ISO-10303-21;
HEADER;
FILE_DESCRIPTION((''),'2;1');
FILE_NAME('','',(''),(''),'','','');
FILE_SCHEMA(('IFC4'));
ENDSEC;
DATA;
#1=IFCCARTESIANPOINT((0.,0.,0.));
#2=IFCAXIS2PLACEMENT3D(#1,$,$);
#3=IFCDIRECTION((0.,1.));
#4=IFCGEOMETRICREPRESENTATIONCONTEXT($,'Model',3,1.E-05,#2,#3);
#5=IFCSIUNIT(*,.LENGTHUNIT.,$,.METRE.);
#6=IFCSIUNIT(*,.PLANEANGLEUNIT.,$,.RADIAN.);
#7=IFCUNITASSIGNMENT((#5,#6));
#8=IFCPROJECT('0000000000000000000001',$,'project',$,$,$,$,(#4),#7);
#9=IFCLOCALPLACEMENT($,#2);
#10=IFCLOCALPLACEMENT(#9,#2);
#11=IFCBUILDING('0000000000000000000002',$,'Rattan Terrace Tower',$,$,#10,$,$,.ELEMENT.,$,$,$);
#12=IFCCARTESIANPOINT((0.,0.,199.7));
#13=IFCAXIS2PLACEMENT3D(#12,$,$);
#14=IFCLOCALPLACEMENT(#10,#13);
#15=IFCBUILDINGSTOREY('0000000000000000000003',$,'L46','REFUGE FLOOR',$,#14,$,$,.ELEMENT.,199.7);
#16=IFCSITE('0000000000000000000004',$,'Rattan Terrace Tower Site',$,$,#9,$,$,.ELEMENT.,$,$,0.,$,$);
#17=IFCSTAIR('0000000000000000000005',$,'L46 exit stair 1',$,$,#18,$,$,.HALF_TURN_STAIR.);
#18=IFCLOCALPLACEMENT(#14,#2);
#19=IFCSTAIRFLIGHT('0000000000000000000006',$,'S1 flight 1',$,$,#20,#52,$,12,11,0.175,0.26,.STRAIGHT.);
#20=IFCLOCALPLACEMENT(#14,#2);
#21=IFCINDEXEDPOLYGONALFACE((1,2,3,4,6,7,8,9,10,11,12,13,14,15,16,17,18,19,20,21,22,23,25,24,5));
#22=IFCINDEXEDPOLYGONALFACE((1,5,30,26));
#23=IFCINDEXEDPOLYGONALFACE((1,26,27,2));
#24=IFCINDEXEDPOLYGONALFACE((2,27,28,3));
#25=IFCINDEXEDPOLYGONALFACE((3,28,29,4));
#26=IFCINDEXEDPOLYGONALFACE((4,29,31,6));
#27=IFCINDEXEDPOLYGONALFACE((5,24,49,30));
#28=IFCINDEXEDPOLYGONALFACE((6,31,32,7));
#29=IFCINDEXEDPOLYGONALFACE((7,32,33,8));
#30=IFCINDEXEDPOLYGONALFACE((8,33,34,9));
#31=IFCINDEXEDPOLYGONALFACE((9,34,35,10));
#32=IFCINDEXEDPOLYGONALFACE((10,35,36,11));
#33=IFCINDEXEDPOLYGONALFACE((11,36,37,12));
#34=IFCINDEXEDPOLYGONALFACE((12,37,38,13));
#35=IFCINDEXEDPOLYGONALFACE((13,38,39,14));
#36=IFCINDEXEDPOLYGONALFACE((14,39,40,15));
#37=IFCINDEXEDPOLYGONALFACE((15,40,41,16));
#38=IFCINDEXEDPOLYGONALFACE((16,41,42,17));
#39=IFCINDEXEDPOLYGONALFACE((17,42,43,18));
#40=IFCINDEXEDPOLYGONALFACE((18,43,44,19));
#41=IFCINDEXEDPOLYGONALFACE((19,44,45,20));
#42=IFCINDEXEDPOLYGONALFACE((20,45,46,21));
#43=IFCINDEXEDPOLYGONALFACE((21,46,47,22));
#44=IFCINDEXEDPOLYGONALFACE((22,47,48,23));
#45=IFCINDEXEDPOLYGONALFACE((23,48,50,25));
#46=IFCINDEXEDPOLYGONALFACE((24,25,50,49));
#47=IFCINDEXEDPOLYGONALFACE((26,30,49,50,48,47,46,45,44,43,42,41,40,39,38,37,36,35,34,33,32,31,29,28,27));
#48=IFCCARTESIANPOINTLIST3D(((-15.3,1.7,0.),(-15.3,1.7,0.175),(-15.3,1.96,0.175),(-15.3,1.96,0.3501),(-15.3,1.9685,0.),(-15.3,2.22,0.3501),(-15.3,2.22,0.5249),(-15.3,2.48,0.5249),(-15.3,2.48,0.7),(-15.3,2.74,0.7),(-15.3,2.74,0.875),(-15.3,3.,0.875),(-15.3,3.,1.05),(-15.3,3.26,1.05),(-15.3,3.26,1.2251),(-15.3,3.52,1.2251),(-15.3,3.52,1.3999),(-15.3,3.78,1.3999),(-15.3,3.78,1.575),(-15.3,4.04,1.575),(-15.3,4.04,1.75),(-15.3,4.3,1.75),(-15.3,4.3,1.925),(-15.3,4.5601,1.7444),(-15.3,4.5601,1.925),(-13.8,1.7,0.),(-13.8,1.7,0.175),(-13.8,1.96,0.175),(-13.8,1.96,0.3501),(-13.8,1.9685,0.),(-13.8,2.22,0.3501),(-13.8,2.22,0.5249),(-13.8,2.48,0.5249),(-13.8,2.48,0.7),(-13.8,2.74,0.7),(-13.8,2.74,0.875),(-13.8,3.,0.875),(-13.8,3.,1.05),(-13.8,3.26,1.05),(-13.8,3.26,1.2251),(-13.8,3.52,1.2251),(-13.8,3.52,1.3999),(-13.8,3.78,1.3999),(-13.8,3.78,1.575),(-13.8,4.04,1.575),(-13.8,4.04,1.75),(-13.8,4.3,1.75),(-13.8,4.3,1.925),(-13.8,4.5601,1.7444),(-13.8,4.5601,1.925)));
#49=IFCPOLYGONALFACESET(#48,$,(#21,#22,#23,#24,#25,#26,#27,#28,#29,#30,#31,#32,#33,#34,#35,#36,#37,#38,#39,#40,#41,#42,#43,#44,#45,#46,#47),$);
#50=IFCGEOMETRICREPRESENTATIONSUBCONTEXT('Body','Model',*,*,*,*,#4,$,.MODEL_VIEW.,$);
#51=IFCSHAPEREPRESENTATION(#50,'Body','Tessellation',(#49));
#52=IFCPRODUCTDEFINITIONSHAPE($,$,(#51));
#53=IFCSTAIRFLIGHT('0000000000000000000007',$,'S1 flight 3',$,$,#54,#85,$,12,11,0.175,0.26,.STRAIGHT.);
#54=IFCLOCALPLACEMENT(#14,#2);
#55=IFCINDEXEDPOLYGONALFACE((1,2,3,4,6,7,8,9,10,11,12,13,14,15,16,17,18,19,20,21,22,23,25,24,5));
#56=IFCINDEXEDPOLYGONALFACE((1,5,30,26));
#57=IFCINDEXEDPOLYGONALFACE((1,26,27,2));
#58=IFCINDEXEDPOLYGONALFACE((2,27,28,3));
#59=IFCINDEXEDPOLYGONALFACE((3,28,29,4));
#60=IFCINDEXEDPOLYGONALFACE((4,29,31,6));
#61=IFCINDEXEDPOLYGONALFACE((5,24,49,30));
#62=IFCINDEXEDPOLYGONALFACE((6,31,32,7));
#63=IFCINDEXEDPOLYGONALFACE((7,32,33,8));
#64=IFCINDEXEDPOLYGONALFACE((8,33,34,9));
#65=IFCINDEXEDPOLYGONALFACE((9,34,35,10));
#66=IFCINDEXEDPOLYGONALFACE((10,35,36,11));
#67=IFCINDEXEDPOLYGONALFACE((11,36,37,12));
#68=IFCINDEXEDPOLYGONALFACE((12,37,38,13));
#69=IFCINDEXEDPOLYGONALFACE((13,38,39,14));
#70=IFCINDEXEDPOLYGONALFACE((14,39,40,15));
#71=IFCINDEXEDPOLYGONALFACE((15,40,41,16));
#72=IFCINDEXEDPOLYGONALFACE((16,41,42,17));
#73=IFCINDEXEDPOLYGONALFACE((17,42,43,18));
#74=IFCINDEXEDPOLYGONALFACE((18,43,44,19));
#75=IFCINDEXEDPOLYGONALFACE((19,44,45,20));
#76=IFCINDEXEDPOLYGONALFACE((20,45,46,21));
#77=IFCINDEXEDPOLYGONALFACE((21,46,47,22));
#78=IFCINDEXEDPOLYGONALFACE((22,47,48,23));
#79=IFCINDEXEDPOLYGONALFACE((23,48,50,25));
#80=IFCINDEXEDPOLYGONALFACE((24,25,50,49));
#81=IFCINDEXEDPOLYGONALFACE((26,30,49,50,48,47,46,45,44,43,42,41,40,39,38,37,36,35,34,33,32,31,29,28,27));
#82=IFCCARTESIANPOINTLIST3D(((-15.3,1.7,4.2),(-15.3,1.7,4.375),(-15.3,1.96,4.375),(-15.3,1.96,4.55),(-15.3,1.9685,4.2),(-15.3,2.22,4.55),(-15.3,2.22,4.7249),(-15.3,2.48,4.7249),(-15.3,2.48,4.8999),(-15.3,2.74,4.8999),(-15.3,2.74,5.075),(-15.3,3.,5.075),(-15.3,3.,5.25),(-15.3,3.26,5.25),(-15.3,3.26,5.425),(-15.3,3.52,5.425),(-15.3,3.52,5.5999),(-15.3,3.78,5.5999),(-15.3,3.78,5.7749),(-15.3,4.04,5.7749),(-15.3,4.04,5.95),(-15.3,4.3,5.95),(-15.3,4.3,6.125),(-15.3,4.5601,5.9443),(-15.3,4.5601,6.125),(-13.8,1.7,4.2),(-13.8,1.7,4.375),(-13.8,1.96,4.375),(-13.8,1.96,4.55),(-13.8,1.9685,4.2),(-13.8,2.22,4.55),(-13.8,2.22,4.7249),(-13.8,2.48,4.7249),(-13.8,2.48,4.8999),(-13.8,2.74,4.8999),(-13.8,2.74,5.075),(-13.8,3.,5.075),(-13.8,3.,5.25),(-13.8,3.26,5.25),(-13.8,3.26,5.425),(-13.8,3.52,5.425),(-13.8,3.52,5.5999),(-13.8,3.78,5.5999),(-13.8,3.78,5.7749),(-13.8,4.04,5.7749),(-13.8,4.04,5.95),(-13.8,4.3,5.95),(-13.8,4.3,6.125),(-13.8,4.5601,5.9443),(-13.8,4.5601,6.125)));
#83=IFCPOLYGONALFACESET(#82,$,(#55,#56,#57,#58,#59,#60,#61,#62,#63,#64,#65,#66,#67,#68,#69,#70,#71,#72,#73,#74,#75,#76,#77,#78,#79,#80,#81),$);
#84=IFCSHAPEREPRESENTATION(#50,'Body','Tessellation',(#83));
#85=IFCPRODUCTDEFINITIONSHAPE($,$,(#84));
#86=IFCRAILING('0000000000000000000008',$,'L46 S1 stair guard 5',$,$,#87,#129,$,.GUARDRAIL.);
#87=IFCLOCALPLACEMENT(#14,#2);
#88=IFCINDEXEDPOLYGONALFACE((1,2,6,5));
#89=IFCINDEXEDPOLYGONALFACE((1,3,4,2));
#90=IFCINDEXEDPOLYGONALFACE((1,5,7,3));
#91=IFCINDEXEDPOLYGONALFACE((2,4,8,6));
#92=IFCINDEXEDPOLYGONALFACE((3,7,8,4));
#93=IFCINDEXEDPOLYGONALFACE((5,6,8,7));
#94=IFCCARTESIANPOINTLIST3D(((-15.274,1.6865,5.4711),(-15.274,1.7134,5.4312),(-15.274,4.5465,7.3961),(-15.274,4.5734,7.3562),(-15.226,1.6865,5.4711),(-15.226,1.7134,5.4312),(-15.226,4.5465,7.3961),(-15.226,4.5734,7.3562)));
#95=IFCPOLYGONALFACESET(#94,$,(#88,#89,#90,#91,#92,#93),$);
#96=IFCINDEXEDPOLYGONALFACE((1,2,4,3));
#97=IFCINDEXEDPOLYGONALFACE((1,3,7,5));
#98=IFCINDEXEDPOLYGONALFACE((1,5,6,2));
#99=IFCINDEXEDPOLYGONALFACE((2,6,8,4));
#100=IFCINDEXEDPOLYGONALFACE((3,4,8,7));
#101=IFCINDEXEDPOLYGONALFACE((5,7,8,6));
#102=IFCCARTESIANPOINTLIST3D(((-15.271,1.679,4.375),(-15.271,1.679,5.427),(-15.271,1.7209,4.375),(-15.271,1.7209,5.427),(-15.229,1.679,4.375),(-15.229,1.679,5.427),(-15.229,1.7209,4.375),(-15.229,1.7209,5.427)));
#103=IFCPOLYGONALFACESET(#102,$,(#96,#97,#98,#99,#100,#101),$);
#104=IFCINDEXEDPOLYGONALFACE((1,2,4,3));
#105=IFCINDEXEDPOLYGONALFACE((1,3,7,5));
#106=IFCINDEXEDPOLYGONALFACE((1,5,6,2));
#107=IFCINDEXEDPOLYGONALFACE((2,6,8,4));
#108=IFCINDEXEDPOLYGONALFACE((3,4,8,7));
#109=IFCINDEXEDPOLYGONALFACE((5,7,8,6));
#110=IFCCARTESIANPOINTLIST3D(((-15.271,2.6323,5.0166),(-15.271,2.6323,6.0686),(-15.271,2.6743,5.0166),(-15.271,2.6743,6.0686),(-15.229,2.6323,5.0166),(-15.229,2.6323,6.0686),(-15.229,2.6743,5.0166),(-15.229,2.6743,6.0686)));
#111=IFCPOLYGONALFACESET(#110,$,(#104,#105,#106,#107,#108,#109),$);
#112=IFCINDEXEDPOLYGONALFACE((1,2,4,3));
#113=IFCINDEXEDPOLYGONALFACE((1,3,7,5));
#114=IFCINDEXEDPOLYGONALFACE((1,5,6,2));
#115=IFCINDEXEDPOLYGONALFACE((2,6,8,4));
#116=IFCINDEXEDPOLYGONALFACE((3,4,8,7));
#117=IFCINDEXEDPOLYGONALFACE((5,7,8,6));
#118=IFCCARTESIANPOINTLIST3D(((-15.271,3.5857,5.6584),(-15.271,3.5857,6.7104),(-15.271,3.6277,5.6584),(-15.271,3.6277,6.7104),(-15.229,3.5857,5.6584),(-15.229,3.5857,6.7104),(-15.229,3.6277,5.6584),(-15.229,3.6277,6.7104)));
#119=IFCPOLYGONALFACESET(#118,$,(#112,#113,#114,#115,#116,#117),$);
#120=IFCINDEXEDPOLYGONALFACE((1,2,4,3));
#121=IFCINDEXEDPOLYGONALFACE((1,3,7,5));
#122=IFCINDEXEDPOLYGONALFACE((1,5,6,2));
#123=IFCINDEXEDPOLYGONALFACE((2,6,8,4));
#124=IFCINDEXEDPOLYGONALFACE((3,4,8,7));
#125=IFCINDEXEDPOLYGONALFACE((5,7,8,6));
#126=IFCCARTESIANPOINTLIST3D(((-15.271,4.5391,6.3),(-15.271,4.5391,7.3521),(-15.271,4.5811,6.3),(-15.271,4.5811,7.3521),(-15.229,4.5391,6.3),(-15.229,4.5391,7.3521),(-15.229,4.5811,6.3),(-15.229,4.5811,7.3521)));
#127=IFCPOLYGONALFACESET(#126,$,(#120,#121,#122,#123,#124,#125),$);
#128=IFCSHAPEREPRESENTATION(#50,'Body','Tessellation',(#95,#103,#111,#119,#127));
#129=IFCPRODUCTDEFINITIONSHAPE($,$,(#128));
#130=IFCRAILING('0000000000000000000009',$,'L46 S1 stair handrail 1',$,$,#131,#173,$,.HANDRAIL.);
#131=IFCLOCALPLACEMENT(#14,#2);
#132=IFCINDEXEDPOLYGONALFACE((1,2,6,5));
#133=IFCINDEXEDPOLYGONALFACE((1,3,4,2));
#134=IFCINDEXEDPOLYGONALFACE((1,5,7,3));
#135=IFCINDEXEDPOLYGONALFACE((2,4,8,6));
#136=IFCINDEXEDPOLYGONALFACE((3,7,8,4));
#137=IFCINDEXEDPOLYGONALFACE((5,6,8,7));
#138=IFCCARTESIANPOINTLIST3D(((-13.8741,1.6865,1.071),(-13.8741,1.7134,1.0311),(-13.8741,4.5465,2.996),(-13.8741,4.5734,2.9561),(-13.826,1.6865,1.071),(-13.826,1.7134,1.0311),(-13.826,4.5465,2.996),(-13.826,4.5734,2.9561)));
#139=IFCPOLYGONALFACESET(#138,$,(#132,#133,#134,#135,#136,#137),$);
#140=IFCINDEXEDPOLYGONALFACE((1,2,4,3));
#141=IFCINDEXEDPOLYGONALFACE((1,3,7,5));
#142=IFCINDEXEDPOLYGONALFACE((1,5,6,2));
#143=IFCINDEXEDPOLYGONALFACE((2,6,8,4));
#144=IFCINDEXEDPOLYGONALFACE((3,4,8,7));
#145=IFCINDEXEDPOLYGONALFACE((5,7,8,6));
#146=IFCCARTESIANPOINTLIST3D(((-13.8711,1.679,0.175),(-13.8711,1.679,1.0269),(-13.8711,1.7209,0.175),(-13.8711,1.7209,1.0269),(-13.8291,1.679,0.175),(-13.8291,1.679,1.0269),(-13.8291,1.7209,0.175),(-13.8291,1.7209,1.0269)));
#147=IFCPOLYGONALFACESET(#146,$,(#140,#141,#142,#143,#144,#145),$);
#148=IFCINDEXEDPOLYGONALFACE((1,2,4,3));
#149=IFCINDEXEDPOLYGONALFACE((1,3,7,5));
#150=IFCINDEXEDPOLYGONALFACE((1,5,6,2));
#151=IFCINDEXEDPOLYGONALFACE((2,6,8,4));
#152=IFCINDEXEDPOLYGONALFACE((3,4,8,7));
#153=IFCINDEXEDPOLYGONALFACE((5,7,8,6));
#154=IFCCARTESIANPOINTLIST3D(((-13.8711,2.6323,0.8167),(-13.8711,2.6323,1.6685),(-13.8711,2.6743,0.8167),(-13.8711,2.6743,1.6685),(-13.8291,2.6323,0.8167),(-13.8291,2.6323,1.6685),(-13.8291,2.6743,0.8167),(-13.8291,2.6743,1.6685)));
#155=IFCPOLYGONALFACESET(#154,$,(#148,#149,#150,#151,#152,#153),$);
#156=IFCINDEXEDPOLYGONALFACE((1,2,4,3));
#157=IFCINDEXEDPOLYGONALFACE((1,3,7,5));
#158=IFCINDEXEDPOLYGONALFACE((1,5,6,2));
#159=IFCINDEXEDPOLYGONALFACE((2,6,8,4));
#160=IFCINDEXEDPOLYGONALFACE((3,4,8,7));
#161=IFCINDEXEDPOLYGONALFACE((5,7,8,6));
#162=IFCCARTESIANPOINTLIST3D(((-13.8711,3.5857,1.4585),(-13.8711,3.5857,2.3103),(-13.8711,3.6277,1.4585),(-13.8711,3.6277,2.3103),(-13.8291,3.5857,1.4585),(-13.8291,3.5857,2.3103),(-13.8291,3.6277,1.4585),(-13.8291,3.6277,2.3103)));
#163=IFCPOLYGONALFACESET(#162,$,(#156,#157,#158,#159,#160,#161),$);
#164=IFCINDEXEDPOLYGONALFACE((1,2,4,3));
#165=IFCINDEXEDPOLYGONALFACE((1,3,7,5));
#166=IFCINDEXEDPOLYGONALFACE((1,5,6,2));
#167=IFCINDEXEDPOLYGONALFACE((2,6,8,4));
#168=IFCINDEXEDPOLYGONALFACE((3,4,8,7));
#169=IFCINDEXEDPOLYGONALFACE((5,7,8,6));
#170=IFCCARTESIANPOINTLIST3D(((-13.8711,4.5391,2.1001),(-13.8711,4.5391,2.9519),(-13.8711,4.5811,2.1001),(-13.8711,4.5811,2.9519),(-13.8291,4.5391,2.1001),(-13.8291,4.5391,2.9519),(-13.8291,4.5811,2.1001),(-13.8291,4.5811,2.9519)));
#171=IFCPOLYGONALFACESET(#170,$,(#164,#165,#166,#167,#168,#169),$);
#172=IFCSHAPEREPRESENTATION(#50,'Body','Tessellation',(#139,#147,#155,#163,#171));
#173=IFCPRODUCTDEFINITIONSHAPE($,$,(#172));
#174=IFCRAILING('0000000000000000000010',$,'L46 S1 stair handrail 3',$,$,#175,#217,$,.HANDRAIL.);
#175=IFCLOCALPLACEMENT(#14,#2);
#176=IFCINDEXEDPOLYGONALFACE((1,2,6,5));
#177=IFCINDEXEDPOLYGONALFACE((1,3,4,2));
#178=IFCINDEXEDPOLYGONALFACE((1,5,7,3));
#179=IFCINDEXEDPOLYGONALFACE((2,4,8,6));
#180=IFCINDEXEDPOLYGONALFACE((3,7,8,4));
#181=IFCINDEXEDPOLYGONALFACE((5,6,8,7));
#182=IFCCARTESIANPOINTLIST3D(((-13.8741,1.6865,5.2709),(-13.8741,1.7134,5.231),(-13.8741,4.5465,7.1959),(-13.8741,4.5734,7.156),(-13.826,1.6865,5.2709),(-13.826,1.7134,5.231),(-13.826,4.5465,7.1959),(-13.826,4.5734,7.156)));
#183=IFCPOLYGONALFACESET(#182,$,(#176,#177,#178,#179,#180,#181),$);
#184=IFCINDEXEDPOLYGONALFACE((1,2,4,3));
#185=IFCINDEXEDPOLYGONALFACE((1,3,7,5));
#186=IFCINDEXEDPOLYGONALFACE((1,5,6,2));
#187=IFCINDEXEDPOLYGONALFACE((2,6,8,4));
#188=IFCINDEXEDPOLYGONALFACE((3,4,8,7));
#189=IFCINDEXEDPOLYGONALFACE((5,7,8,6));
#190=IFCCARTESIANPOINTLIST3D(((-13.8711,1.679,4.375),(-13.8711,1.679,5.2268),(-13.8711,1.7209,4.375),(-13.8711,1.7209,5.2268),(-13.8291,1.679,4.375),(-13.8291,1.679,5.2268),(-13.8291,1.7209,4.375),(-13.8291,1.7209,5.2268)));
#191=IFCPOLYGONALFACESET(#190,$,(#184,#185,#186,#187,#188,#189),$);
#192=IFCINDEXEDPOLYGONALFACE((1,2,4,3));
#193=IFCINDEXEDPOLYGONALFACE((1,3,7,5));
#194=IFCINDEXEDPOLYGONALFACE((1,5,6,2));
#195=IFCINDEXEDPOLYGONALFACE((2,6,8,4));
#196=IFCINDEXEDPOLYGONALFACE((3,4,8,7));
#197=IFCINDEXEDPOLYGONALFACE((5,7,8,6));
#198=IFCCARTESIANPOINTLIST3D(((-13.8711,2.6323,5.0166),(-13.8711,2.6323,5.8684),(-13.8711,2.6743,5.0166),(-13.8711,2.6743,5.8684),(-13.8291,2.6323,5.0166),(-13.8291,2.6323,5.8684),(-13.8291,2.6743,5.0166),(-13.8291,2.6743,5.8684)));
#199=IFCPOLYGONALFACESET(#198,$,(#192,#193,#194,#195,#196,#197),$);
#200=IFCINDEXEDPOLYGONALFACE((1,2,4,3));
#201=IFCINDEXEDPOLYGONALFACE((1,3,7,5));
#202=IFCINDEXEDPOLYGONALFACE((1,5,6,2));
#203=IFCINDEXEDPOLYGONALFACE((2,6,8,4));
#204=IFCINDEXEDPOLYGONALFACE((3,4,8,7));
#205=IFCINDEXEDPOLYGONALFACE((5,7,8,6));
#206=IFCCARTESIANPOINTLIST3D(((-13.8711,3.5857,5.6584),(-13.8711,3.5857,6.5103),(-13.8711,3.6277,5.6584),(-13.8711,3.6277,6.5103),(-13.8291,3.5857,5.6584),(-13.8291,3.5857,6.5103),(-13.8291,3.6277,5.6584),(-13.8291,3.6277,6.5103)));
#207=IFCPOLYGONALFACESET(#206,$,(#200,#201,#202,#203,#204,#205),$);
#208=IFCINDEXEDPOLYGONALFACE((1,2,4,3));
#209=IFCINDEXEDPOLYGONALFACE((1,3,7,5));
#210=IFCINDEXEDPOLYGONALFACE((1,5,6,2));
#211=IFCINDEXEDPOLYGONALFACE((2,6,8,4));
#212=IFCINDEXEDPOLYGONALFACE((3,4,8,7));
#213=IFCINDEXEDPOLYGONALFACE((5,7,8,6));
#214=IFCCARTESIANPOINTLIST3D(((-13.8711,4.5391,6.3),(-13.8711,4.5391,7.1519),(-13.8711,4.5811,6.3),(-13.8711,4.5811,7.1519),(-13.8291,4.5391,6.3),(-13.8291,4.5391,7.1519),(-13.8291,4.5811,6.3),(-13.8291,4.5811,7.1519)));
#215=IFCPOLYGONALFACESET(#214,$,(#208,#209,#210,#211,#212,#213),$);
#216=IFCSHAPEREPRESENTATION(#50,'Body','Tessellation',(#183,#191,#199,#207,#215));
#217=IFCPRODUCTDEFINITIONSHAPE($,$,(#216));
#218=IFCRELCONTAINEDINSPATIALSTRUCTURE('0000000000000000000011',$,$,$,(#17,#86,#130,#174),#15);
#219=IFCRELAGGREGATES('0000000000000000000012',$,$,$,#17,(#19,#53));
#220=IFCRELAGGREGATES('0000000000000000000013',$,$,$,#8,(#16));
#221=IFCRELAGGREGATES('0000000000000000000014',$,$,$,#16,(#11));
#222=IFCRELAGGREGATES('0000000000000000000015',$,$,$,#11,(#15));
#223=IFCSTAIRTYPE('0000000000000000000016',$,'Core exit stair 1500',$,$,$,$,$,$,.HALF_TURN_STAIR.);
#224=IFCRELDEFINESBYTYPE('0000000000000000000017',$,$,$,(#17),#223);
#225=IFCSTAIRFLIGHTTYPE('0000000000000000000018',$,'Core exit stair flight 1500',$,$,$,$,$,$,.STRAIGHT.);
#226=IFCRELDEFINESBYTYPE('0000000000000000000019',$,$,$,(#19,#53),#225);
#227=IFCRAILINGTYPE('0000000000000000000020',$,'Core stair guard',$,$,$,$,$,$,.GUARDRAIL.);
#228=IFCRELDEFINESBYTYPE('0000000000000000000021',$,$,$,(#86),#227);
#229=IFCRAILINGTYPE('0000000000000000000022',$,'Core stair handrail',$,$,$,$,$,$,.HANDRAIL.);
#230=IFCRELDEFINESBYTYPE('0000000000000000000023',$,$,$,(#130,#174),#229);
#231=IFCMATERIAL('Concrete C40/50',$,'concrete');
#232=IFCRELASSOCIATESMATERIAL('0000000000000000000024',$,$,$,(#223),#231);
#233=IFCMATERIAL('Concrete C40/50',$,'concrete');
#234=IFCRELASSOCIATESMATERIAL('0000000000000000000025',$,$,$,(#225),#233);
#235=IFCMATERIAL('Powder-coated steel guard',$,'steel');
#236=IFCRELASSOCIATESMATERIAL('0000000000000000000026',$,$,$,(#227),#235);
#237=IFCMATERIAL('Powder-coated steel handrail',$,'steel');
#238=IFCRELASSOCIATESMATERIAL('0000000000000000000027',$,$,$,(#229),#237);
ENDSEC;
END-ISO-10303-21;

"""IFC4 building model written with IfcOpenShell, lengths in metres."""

from ifc_helpers import new_model, si_unit, direction, frame, origin, origin_2d, place, context, subcontext, project, spatial, polyline, rectangle, outline, extrude, material, type_object, element, aggregate, save


model = new_model("IFC4")

# Units and contexts
model_context = context("Model", 3, precision=1e-05, world=origin(), true_north=direction((0.0, 1.0)))
body_context = subcontext(model_context, "Body", "Model", "MODEL_VIEW")
ifc_project = project(units=[si_unit("LENGTHUNIT", "METRE"), si_unit("PLANEANGLEUNIT", "RADIAN")], contexts=[model_context])

# Site, building, storey
site_placement = place(None, origin())
site = spatial("IfcSite", under=ifc_project, at=site_placement, Name="Rattan Terrace Tower Site", CompositionType="ELEMENT", RefElevation=0.0)
building_placement = place(site_placement, origin())
building = spatial("IfcBuilding", under=site, at=building_placement, Name="Rattan Terrace Tower", CompositionType="ELEMENT")
storey_placement = place(building_placement, frame((0.0, 0.0, 199.7)))
storey = spatial("IfcBuildingStorey", under=building, at=storey_placement, Name="L46", Description="REFUGE FLOOR", CompositionType="ELEMENT", Elevation=199.7)

# Shared definitions
ifc_material_1 = material(Name="Concrete C40/50", Category="concrete")
stair_type = type_object("IfcStairType", Name="Core exit stair 1500", PredefinedType="HALF_TURN_STAIR", material=ifc_material_1)

# Stair, stair flights
stair_1_placement = place(storey_placement, origin())
stair_1 = element("IfcStair", 1, at=stair_1_placement, inside=storey, type_object=stair_type, Name="L46 exit stair 1", PredefinedType="HALF_TURN_STAIR")
ifc_material_2 = material(Name="Concrete C40/50", Category="concrete")
stair_flight_type = type_object("IfcStairFlightType", Name="Core exit stair flight 1500", PredefinedType="STRAIGHT", material=ifc_material_2)
stair_flight_1_placement = place(storey_placement, frame((-14.55, 1.7, 0.0), z_axis=(0.0, 0.0, 1.0), x_axis=(0.0, 1.0, 0.0)))
stair_flight_1 = element("IfcStairFlight", 2, at=stair_flight_1_placement, type_object=stair_flight_type, Name="S1 flight 1", NumberOfRisers=12, NumberOfTreads=11, PredefinedType="STRAIGHT", RiserHeight=0.175, TreadLength=0.26, context=body_context, shape_type="SweptSolid", body=[
    extrude(outline(polyline([(0.0, 0.0), (0.0, 0.175), (0.26, 0.175), (0.26, 0.3501), (0.52, 0.3501), (0.52, 0.5249), (0.78, 0.5249), (0.78, 0.7), (1.04, 0.7), (1.04, 0.875), (1.3, 0.875), (1.3, 1.05), (1.5601, 1.05), (1.5601, 1.2251), (1.8201, 1.2251), (1.8201, 1.3999), (2.0801, 1.3999), (2.0801, 1.575), (2.3401, 1.575), (2.3401, 1.75), (2.6001, 1.75), (2.6001, 1.925), (2.8601, 1.925), (2.8601, 2.1001), (2.8601, 1.7444), (0.2686, 0.0), (0.0, 0.0)])), frame((0.0, 0.75, 0.0), z_axis=(0.0, -1.0, 0.0), x_axis=(1.0, 0.0, 0.0)), (0.0, 0.0, 1.0), 1.5),
])
stair_flight_2_placement = place(storey_placement, frame((-14.55, 1.7, 4.2), z_axis=(0.0, 0.0, 1.0), x_axis=(0.0, 1.0, 0.0)))
stair_flight_2 = element("IfcStairFlight", 3, at=stair_flight_2_placement, type_object=stair_flight_type, Name="S1 flight 3", NumberOfRisers=12, NumberOfTreads=11, PredefinedType="STRAIGHT", RiserHeight=0.175, TreadLength=0.26, context=body_context, shape_type="SweptSolid", body=[
    extrude(outline(polyline([(0.0, 0.0), (0.0, 0.175), (0.26, 0.175), (0.26, 0.3501), (0.52, 0.3501), (0.52, 0.5249), (0.78, 0.5249), (0.78, 0.7), (1.04, 0.7), (1.04, 0.875), (1.3, 0.875), (1.3, 1.05), (1.5601, 1.05), (1.5601, 1.2251), (1.8201, 1.2251), (1.8201, 1.3999), (2.0801, 1.3999), (2.0801, 1.575), (2.3401, 1.575), (2.3401, 1.75), (2.6001, 1.75), (2.6001, 1.925), (2.8601, 1.925), (2.8601, 2.1001), (2.8601, 1.7444), (0.2686, 0.0), (0.0, 0.0)])), frame((0.0, 0.75, 0.0), z_axis=(0.0, -1.0, 0.0), x_axis=(1.0, 0.0, 0.0)), (0.0, 0.0, 1.0), 1.5),
])
aggregate(stair_1, [stair_flight_1, stair_flight_2])

# Railings
ifc_material_3 = material(Name="Powder-coated steel guard", Category="steel")
railing_type_1 = type_object("IfcRailingType", Name="Core stair guard", PredefinedType="GUARDRAIL", material=ifc_material_3)
railing_placement = place(storey_placement, frame((-15.25, 1.7, 4.375)))
element("IfcRailing", 4, at=railing_placement, inside=storey, type_object=railing_type_1, Name="L46 S1 stair guard 5", PredefinedType="GUARDRAIL", context=body_context, shape_type="SweptSolid", body=[
    extrude(rectangle(XDim=0.0481, YDim=0.0481, at=origin_2d()), frame((0.0, 0.0, 1.0762), z_axis=(0.0, 0.829591, 0.558372), x_axis=(-1.0, 0.0, 0.0)), (0.0, 0.0, 1.0), 3.4475),
    extrude(rectangle(XDim=0.042, YDim=0.042, at=origin_2d()), origin(), (0.0, 0.0, 1.0), 1.052),
    extrude(rectangle(XDim=0.042, YDim=0.042, at=origin_2d()), frame((0.0, 0.9534, 0.6416)), (0.0, 0.0, 1.0), 1.052),
    extrude(rectangle(XDim=0.042, YDim=0.042, at=origin_2d()), frame((0.0, 1.9067, 1.2834)), (0.0, 0.0, 1.0), 1.052),
    extrude(rectangle(XDim=0.042, YDim=0.042, at=origin_2d()), frame((0.0, 2.8601, 1.925)), (0.0, 0.0, 1.0), 1.052),
])
ifc_material_4 = material(Name="Powder-coated steel handrail", Category="steel")
railing_type_2 = type_object("IfcRailingType", Name="Core stair handrail", PredefinedType="HANDRAIL", material=ifc_material_4)
for number, where, name in (
    (5, (-13.8501, 1.7, 0.175), "L46 S1 stair handrail 1"),
    (6, (-13.8501, 1.7, 4.375), "L46 S1 stair handrail 3"),
):
    element("IfcRailing", number, at=place(storey_placement, frame(where)), inside=storey, type_object=railing_type_2, Name=name, PredefinedType="HANDRAIL", context=body_context, shape_type="SweptSolid", body=[
        extrude(rectangle(XDim=0.0481, YDim=0.0481, at=origin_2d()), frame((0.0, 0.0, 0.876), z_axis=(0.0, 0.829591, 0.558372), x_axis=(-1.0, 0.0, 0.0)), (0.0, 0.0, 1.0), 3.4475),
        extrude(rectangle(XDim=0.042, YDim=0.042, at=origin_2d()), origin(), (0.0, 0.0, 1.0), 0.8518),
        extrude(rectangle(XDim=0.042, YDim=0.042, at=origin_2d()), frame((0.0, 0.9534, 0.6416)), (0.0, 0.0, 1.0), 0.8518),
        extrude(rectangle(XDim=0.042, YDim=0.042, at=origin_2d()), frame((0.0, 1.9067, 1.2834)), (0.0, 0.0, 1.0), 0.8518),
        extrude(rectangle(XDim=0.042, YDim=0.042, at=origin_2d()), frame((0.0, 2.8601, 1.925)), (0.0, 0.0, 1.0), 0.8518),
    ])

save(model, "model.ifc")
